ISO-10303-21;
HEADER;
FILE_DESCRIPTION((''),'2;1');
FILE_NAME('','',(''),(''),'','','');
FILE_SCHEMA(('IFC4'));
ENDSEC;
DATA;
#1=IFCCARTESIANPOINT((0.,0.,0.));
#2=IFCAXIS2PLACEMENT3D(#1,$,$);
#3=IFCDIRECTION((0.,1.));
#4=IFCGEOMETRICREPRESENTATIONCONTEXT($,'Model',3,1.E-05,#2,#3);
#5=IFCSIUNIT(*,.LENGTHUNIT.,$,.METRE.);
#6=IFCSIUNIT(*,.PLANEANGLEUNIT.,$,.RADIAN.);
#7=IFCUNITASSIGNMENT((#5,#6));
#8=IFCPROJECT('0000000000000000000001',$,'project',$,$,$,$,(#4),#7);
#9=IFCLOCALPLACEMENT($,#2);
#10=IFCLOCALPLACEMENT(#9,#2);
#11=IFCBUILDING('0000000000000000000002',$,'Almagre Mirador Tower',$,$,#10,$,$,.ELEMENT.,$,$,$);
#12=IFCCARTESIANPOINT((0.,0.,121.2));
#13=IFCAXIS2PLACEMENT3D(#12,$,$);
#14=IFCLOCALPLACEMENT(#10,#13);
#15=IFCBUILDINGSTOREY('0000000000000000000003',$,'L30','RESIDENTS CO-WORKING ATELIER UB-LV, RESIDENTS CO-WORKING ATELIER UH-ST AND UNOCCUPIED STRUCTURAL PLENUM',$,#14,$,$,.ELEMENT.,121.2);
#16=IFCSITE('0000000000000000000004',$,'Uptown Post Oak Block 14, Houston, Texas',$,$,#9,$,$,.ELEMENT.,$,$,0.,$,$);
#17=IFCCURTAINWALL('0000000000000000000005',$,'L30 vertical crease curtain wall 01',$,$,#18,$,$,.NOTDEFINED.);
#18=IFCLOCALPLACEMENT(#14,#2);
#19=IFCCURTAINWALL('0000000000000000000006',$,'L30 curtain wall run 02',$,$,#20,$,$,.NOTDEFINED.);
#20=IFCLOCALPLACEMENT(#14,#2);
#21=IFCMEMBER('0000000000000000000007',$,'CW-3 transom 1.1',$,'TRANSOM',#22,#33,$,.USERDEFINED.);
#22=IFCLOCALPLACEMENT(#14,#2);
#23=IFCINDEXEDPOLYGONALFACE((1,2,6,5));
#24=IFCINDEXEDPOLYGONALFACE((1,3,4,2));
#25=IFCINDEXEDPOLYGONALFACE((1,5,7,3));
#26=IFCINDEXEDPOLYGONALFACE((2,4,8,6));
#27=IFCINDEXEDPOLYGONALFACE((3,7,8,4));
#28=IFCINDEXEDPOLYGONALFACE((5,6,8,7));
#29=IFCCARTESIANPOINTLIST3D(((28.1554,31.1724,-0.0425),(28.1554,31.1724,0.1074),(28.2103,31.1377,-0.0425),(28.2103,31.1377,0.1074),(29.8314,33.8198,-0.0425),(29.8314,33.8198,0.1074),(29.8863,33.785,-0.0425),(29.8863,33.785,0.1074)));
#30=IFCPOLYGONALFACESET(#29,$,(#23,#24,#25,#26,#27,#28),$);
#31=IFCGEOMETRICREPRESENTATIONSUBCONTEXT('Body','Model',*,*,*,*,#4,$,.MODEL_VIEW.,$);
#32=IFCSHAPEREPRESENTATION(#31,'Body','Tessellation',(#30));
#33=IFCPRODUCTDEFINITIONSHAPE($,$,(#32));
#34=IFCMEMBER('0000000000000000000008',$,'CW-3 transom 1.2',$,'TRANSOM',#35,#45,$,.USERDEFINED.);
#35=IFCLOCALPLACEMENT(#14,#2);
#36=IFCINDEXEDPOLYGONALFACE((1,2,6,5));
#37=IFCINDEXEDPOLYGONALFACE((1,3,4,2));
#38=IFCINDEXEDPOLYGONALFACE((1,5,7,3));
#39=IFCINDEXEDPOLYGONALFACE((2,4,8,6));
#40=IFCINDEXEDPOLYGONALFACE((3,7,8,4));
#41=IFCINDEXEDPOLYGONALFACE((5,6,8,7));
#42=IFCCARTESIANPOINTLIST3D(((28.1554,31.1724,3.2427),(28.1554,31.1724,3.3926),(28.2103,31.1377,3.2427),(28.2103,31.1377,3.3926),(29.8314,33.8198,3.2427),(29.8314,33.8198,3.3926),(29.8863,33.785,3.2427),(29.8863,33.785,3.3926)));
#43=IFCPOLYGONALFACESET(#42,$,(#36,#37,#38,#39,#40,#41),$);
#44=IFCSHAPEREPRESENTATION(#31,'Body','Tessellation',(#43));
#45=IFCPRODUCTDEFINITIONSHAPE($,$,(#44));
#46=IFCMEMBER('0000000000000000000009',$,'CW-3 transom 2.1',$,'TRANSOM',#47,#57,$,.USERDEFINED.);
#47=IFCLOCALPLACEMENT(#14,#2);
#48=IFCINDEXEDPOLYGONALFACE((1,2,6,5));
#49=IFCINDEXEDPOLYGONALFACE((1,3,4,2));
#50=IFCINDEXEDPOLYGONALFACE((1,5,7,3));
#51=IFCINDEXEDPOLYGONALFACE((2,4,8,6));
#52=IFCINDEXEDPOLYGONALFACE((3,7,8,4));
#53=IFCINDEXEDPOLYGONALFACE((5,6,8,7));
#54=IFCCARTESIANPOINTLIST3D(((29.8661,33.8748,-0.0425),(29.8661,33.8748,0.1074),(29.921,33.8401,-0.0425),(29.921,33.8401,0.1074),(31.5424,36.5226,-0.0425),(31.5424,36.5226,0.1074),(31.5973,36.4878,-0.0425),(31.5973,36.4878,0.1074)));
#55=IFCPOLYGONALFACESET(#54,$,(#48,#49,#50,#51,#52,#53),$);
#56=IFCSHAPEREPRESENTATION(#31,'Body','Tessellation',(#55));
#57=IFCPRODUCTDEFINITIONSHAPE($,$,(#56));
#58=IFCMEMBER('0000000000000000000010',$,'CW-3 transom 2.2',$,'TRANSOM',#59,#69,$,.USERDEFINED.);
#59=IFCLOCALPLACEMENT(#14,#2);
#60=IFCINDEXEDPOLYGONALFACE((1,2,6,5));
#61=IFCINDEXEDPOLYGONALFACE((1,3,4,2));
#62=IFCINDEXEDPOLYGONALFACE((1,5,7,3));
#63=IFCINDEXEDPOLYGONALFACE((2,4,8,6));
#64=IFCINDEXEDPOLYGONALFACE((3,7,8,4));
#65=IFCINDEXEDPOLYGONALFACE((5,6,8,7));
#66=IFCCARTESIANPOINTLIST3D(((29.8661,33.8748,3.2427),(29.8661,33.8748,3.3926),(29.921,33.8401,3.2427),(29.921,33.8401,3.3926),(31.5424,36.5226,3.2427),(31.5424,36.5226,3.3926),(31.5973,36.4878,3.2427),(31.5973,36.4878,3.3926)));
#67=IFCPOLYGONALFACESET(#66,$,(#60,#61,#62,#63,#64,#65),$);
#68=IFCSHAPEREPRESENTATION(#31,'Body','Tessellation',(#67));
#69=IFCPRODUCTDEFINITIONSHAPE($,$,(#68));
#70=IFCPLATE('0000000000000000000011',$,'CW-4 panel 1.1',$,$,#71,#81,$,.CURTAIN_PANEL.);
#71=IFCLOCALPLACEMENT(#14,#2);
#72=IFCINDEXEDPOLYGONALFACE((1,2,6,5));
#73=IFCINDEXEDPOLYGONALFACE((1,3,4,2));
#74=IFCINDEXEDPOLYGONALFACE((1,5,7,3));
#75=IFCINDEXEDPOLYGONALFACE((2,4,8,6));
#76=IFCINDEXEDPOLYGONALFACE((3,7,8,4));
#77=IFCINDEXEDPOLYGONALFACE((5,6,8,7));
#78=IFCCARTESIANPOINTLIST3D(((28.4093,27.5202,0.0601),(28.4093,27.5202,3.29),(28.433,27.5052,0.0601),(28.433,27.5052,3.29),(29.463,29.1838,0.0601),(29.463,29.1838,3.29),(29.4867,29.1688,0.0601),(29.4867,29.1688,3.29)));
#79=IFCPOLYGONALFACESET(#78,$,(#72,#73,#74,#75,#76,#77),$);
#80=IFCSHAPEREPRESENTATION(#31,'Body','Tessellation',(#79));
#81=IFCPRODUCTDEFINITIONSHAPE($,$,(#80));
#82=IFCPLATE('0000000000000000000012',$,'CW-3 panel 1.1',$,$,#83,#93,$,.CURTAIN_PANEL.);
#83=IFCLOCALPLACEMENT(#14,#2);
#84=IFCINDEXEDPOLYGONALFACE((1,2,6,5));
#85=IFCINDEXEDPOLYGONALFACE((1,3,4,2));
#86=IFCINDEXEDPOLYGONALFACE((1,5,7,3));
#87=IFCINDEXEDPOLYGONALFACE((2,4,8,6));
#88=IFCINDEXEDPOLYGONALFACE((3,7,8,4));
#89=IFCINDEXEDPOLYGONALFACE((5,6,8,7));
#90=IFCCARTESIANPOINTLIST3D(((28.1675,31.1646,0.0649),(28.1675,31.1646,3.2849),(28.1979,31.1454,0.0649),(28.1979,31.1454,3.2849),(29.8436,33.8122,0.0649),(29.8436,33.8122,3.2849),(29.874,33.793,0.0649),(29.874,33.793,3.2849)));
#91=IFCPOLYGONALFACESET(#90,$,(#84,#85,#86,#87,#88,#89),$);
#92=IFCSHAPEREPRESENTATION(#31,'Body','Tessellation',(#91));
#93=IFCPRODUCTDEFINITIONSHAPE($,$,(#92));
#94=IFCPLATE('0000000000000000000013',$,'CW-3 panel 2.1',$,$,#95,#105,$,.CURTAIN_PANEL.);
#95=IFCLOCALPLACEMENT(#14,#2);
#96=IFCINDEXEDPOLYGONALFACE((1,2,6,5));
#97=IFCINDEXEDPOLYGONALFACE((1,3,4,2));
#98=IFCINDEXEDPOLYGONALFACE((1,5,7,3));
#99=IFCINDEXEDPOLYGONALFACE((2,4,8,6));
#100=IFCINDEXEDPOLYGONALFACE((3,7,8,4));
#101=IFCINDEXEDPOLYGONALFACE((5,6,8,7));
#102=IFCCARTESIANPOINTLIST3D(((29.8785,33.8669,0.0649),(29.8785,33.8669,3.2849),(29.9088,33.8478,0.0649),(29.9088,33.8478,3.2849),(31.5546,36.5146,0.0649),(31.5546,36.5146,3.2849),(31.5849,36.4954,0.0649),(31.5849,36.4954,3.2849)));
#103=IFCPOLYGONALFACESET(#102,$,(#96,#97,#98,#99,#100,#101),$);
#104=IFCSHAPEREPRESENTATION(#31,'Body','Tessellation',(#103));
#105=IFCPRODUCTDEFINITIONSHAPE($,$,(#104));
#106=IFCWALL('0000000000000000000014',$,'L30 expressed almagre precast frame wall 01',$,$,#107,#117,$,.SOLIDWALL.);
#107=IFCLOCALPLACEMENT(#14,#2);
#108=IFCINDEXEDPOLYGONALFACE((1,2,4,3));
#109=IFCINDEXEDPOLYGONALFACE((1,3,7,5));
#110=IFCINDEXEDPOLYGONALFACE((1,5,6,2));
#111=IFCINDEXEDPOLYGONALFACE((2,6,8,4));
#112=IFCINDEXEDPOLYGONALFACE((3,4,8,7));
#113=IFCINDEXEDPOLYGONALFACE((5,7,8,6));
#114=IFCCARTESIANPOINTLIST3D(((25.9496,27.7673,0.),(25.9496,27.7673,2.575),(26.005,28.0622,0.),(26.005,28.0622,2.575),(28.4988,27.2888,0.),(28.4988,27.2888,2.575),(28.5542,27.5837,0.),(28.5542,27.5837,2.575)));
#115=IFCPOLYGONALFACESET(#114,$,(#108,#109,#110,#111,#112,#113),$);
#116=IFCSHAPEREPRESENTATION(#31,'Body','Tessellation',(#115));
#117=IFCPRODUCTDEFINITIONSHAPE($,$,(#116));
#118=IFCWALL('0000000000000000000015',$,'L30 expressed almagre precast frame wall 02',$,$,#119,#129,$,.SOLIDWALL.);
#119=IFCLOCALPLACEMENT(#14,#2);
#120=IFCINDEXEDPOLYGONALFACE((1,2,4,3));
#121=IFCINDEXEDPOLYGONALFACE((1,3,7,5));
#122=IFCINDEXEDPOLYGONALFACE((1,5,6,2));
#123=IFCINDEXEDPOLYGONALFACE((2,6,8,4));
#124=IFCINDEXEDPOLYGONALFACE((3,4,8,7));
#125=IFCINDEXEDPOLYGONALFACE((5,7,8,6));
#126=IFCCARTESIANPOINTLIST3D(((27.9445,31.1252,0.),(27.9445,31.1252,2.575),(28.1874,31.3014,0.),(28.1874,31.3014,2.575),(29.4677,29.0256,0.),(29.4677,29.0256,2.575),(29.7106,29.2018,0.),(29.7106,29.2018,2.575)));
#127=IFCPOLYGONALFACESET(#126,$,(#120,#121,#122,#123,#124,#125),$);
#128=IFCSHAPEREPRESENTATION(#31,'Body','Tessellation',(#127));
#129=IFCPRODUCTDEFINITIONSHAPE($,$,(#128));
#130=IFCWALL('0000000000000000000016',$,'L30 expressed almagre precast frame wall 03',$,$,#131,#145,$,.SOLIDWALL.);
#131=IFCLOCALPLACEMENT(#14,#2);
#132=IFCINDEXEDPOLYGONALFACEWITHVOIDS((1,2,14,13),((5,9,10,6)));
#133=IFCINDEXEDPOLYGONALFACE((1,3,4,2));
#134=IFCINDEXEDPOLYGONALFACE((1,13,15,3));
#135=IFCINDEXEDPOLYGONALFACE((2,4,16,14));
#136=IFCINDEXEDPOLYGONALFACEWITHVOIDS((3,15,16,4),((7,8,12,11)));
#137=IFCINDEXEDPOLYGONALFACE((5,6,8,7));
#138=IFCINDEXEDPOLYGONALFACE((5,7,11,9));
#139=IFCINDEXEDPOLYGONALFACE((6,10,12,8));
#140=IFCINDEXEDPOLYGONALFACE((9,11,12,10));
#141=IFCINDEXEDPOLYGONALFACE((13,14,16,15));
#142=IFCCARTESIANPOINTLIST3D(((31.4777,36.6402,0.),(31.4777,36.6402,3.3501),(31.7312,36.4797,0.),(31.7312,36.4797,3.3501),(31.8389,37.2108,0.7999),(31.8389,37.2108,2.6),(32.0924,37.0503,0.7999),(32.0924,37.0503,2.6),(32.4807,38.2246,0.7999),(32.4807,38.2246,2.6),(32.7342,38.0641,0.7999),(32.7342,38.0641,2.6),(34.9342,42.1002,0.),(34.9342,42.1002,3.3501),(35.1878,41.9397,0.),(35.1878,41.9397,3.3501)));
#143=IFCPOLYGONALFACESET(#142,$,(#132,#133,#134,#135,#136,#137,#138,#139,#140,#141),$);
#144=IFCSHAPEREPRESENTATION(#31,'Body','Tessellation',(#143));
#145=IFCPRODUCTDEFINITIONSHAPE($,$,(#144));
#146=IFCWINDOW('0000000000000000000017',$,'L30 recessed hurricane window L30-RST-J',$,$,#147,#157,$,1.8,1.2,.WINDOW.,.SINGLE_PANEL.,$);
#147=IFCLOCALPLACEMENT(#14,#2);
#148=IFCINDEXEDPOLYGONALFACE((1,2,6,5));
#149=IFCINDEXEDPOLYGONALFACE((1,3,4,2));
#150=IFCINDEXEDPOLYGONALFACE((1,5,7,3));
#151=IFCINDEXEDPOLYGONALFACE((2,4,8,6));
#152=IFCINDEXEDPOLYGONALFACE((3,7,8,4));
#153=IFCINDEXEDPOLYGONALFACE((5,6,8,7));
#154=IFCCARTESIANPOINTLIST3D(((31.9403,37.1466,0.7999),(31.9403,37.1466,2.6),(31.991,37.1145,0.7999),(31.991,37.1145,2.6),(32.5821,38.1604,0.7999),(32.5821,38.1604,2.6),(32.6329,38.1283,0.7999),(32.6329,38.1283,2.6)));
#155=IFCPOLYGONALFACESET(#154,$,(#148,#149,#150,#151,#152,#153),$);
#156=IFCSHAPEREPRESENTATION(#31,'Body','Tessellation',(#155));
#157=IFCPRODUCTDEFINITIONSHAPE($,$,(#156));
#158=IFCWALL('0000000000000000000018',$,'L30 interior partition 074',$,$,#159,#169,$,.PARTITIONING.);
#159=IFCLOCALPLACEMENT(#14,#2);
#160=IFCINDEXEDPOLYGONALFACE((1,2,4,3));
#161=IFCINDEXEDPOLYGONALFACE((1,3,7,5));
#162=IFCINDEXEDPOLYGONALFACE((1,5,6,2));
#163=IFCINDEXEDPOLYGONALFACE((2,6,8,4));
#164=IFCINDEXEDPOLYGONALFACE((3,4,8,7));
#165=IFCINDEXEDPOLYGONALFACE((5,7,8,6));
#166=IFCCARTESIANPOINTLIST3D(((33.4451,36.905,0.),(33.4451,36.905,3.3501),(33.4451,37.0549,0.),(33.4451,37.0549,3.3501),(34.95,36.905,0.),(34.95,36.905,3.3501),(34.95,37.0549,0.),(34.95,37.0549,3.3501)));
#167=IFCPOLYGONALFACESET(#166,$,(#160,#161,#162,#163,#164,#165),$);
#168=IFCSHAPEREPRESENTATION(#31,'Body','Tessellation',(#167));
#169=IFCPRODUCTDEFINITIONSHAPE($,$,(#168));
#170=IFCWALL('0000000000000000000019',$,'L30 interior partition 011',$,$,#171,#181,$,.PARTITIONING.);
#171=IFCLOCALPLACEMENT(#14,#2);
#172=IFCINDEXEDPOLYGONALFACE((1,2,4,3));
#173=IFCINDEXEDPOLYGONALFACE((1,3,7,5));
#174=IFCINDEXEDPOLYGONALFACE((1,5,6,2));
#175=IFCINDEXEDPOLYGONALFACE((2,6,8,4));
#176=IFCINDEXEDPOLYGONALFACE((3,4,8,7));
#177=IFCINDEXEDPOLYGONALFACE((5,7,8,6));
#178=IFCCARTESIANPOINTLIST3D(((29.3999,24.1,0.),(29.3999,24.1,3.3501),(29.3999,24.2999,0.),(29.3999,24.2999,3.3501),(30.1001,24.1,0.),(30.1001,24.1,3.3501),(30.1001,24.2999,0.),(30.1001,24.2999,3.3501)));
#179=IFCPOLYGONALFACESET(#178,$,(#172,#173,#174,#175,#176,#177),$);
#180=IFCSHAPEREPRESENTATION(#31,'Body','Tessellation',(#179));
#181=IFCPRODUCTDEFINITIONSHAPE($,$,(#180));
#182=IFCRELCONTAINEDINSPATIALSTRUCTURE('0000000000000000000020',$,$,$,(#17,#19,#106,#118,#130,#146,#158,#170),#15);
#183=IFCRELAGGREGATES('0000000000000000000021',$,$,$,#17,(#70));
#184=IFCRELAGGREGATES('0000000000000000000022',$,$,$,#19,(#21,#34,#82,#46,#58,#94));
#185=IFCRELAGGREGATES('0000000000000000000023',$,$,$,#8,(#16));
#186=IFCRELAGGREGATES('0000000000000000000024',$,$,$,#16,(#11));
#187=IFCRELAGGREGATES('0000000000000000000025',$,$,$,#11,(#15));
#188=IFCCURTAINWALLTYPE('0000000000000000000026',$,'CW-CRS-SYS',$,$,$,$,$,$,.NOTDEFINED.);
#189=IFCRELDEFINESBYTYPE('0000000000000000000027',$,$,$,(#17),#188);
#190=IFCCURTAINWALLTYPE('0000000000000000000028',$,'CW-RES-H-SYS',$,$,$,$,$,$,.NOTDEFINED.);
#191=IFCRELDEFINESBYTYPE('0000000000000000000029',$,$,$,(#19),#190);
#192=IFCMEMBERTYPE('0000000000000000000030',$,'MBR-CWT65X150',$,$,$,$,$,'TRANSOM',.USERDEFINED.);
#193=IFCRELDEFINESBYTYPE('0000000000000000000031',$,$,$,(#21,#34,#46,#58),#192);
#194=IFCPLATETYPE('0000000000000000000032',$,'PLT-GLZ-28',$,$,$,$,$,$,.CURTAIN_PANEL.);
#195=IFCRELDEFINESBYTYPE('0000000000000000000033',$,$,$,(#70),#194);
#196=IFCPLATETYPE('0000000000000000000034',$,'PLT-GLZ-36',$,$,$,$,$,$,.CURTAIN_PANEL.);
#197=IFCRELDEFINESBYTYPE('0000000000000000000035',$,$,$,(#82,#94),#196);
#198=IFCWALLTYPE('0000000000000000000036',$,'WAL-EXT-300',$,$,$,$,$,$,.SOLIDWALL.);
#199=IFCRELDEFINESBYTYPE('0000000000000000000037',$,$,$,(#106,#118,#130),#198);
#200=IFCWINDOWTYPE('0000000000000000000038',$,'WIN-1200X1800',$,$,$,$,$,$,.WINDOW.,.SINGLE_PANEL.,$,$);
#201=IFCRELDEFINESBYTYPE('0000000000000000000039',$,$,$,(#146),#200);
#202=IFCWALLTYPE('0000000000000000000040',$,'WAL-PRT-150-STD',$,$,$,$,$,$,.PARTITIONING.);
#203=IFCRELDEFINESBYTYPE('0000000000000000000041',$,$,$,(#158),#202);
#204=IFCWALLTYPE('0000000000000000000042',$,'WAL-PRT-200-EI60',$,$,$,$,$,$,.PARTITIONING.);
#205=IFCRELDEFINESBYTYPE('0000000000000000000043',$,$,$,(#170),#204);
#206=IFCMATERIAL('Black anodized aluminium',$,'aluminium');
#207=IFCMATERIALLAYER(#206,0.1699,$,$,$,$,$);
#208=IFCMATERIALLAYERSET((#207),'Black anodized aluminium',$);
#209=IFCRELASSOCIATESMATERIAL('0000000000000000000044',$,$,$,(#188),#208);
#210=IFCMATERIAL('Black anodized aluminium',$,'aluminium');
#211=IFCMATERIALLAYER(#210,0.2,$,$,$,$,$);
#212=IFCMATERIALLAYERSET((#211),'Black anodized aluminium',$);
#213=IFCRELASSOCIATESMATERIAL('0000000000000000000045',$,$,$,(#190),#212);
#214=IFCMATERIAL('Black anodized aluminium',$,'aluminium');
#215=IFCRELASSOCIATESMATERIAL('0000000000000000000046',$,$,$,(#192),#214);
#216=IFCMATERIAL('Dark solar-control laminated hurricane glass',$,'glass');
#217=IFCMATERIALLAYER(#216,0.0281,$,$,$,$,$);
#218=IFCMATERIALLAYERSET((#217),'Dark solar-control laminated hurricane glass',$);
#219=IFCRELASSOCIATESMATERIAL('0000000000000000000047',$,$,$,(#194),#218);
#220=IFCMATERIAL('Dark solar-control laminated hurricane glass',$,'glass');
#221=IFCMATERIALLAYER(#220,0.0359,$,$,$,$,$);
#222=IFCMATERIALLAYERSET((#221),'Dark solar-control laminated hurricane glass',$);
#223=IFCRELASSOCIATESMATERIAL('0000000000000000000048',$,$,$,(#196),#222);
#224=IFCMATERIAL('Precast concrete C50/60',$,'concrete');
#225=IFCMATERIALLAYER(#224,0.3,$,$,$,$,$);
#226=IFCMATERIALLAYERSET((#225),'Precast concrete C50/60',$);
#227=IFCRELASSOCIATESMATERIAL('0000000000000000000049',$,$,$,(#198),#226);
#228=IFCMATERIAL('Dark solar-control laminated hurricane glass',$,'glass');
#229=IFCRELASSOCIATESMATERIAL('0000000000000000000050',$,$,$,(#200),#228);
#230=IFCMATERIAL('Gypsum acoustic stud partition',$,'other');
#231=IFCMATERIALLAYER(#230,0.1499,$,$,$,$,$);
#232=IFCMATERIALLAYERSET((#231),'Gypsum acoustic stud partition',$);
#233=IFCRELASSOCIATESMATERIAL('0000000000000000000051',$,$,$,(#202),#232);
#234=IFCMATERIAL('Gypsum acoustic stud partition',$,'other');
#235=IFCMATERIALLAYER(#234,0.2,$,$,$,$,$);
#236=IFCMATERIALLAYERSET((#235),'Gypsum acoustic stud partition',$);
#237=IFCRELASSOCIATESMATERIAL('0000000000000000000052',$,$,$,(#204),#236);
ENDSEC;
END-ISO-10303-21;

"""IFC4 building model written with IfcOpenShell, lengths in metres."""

from ifc_helpers import new_model, si_unit, direction, frame, frame_2d, origin, origin_2d, place, context, subcontext, project, spatial, rectangle, extrude, material, layer, layer_set, material_profile, profile_set, type_object, element, fill, aggregate, save


model = new_model("IFC4")

# Units and contexts
model_context = context("Model", 3, precision=1e-05, world=origin(), true_north=direction((0.0, 1.0)))
body_context = subcontext(model_context, "Body", "Model", "MODEL_VIEW")
ifc_project = project(units=[si_unit("LENGTHUNIT", "METRE"), si_unit("PLANEANGLEUNIT", "RADIAN")], contexts=[model_context])

# Site, building, storey
site_placement = place(None, origin())
site = spatial("IfcSite", under=ifc_project, at=site_placement, Name="Uptown Post Oak Block 14, Houston, Texas", CompositionType="ELEMENT", RefElevation=0.0)
building_placement = place(site_placement, origin())
building = spatial("IfcBuilding", under=site, at=building_placement, Name="Almagre Mirador Tower", CompositionType="ELEMENT")
storey_placement = place(building_placement, frame((0.0, 0.0, 121.2)))
storey = spatial("IfcBuildingStorey", under=building, at=storey_placement, Name="L30", Description="RESIDENTS CO-WORKING ATELIER UB-LV, RESIDENTS CO-WORKING ATELIER UH-ST AND UNOCCUPIED STRUCTURAL PLENUM", CompositionType="ELEMENT", Elevation=121.2)

# Curtain walls
ifc_material_1 = material(Name="Black anodized aluminium", Category="aluminium")
ifc_layer_1 = layer(ifc_material_1, 0.1699)
ifc_layer_set_1 = layer_set([ifc_layer_1], Name="Black anodized aluminium")
curtain_wall_type_1 = type_object("IfcCurtainWallType", Name="CW-CRS-SYS", PredefinedType="NOTDEFINED", material=ifc_layer_set_1)
curtain_wall_1_placement = place(storey_placement, origin())
curtain_wall_1 = element("IfcCurtainWall", 1, at=curtain_wall_1_placement, inside=storey, type_object=curtain_wall_type_1, Name="L30 vertical crease curtain wall 01", PredefinedType="NOTDEFINED")
ifc_material_2 = material(Name="Black anodized aluminium", Category="aluminium")
ifc_layer_2 = layer(ifc_material_2, 0.2)
ifc_layer_set_2 = layer_set([ifc_layer_2], Name="Black anodized aluminium")
curtain_wall_type_2 = type_object("IfcCurtainWallType", Name="CW-RES-H-SYS", PredefinedType="NOTDEFINED", material=ifc_layer_set_2)
curtain_wall_2_placement = place(storey_placement, origin())
curtain_wall_2 = element("IfcCurtainWall", 2, at=curtain_wall_2_placement, inside=storey, type_object=curtain_wall_type_2, Name="L30 curtain wall run 02", PredefinedType="NOTDEFINED")

# Members
ifc_material_3 = material(Name="Black anodized aluminium", Category="aluminium")
ifc_material_profile_1 = material_profile(ifc_material_3, rectangle(XDim=0.0649, YDim=0.1499, at=origin_2d()), Name="CWT65X150")
ifc_profile_set_1 = profile_set([ifc_material_profile_1], Name="Black anodized aluminium")
member_type_1 = type_object("IfcMemberType", Name="MBR-CWT65X150", ElementType="TRANSOM", PredefinedType="USERDEFINED", material=ifc_profile_set_1)
member_1_placement = place(storey_placement, frame((28.1829, 31.155, 0.0325), z_axis=(0.534893, 0.84492, 0.0), x_axis=(-0.84492, 0.534893, 0.0)))
member_1 = element("IfcMember", 3, at=member_1_placement, type_object=member_type_1, Name="CW-3 transom 1.1", ObjectType="TRANSOM", PredefinedType="USERDEFINED", context=body_context, shape_type="SweptSolid", body=[
    extrude(rectangle(XDim=0.0649, YDim=0.1499, at=origin_2d()), origin(), (0.0, 0.0, 1.0), 3.1333),
])
member_2_placement = place(storey_placement, frame((28.1829, 31.155, 3.3176), z_axis=(0.534893, 0.84492, 0.0), x_axis=(-0.84492, 0.534893, 0.0)))
member_2 = element("IfcMember", 4, at=member_2_placement, type_object=member_type_1, Name="CW-3 transom 1.2", ObjectType="TRANSOM", PredefinedType="USERDEFINED", context=body_context, shape_type="SweptSolid", body=[
    extrude(rectangle(XDim=0.0649, YDim=0.1499, at=origin_2d()), origin(), (0.0, 0.0, 1.0), 3.1333),
])
member_3_placement = place(storey_placement, frame((29.8936, 33.8574, 0.0325), z_axis=(0.534913, 0.844907, 0.0), x_axis=(-0.844907, 0.534913, 0.0)))
member_3 = element("IfcMember", 5, at=member_3_placement, type_object=member_type_1, Name="CW-3 transom 2.1", ObjectType="TRANSOM", PredefinedType="USERDEFINED", context=body_context, shape_type="SweptSolid", body=[
    extrude(rectangle(XDim=0.0649, YDim=0.1499, at=origin_2d()), origin(), (0.0, 0.0, 1.0), 3.1338),
])
member_4_placement = place(storey_placement, frame((29.8936, 33.8574, 3.3176), z_axis=(0.534913, 0.844907, 0.0), x_axis=(-0.844907, 0.534913, 0.0)))
member_4 = element("IfcMember", 6, at=member_4_placement, type_object=member_type_1, Name="CW-3 transom 2.2", ObjectType="TRANSOM", PredefinedType="USERDEFINED", context=body_context, shape_type="SweptSolid", body=[
    extrude(rectangle(XDim=0.0649, YDim=0.1499, at=origin_2d()), origin(), (0.0, 0.0, 1.0), 3.1338),
])

# Plates
ifc_material_4 = material(Name="Dark solar-control laminated hurricane glass", Category="glass")
ifc_layer_3 = layer(ifc_material_4, 0.0281)
ifc_layer_set_3 = layer_set([ifc_layer_3], Name="Dark solar-control laminated hurricane glass")
plate_type_1 = type_object("IfcPlateType", Name="PLT-GLZ-28", PredefinedType="CURTAIN_PANEL", material=ifc_layer_set_3)
plate_1_placement = place(storey_placement, frame((28.948, 28.3445, 0.0601), z_axis=(0.0, 0.0, 1.0), x_axis=(0.535109, 0.844783, 0.0)))
plate_1 = element("IfcPlate", 7, at=plate_1_placement, type_object=plate_type_1, Name="CW-4 panel 1.1", PredefinedType="CURTAIN_PANEL", context=body_context, shape_type="SweptSolid", body=[
    extrude(rectangle(XDim=1.9692, YDim=0.0281, at=origin_2d()), origin(), (0.0, 0.0, 1.0), 3.23),
])
aggregate(curtain_wall_1, [plate_1])
ifc_material_5 = material(Name="Dark solar-control laminated hurricane glass", Category="glass")
ifc_layer_4 = layer(ifc_material_5, 0.0359)
ifc_layer_set_4 = layer_set([ifc_layer_4], Name="Dark solar-control laminated hurricane glass")
plate_type_2 = type_object("IfcPlateType", Name="PLT-GLZ-36", PredefinedType="CURTAIN_PANEL", material=ifc_layer_set_4)
plate_2_placement = place(storey_placement, frame((29.0208, 32.4788, 0.0649), z_axis=(0.0, 0.0, 1.0), x_axis=(0.534886, 0.844924, 0.0)))
plate_2 = element("IfcPlate", 8, at=plate_2_placement, type_object=plate_type_2, Name="CW-3 panel 1.1", PredefinedType="CURTAIN_PANEL", context=body_context, shape_type="SweptSolid", body=[
    extrude(rectangle(XDim=3.1335, YDim=0.0359, at=origin_2d()), origin(), (0.0, 0.0, 1.0), 3.22),
])
plate_3_placement = place(storey_placement, frame((30.7317, 35.1812, 0.0649), z_axis=(0.0, 0.0, 1.0), x_axis=(0.534886, 0.844924, 0.0)))
plate_3 = element("IfcPlate", 9, at=plate_3_placement, type_object=plate_type_2, Name="CW-3 panel 2.1", PredefinedType="CURTAIN_PANEL", context=body_context, shape_type="SweptSolid", body=[
    extrude(rectangle(XDim=3.1335, YDim=0.0359, at=origin_2d()), origin(), (0.0, 0.0, 1.0), 3.22),
])
aggregate(curtain_wall_2, [member_1, member_2, plate_2, member_3, member_4, plate_3])

# Walls
ifc_material_6 = material(Name="Precast concrete C50/60", Category="concrete")
ifc_layer_5 = layer(ifc_material_6, 0.3)
ifc_layer_set_5 = layer_set([ifc_layer_5], Name="Precast concrete C50/60")
wall_type_1 = type_object("IfcWallType", Name="WAL-EXT-300", PredefinedType="SOLIDWALL", material=ifc_layer_set_5)
wall_1_placement = place(storey_placement, frame((25.9773, 27.9148, 0.0), z_axis=(0.0, 0.0, 1.0), x_axis=(0.982836, -0.184482, 0.0)))
element("IfcWall", 10, at=wall_1_placement, inside=storey, type_object=wall_type_1, Name="L30 expressed almagre precast frame wall 01", PredefinedType="SOLIDWALL", context=body_context, shape_type="SweptSolid", body=[
    extrude(rectangle(XDim=2.5938, YDim=0.3, at=frame_2d((1.2969, 0.0))), origin(), (0.0, 0.0, 1.0), 2.575),
])
wall_2_placement = place(storey_placement, frame((29.5891, 29.1138, 0.0), z_axis=(0.0, 0.0, 1.0), x_axis=(-0.587214, 0.809431, 0.0)))
element("IfcWall", 11, at=wall_2_placement, inside=storey, type_object=wall_type_1, Name="L30 expressed almagre precast frame wall 02", PredefinedType="SOLIDWALL", context=body_context, shape_type="SweptSolid", body=[
    extrude(rectangle(XDim=2.594, YDim=0.3, at=frame_2d((1.2969, 0.0))), origin(), (0.0, 0.0, 1.0), 2.575),
])

# Wall, opening, window
wall_3_placement = place(storey_placement, frame((31.6045, 36.5601, 0.0), z_axis=(0.0, 0.0, 1.0), x_axis=(0.534894, 0.844919, 0.0)))
wall_3 = element("IfcWall", 12, at=wall_3_placement, inside=storey, type_object=wall_type_1, Name="L30 expressed almagre precast frame wall 03", PredefinedType="SOLIDWALL", context=body_context, shape_type="SweptSolid", body=[
    extrude(rectangle(XDim=6.4622, YDim=0.3, at=frame_2d((3.231, 0.0))), origin(), (0.0, 0.0, 1.0), 3.3501),
])
opening_placement = place(wall_3_placement, frame((0.675, 0.0, 0.8)))
opening = element("IfcOpeningElement", 13, at=opening_placement, cuts=wall_3, PredefinedType="OPENING", context=body_context, shape_type="SweptSolid", body=[
    extrude(rectangle(XDim=1.2, YDim=1.8, at=frame_2d((0.6001, 0.8999))), frame((0.0, 0.1599, 0.0), z_axis=(0.0, -1.0, 0.0), x_axis=(1.0, 0.0, 0.0)), (0.0, 0.0, 1.0), 0.32),
])
ifc_material_7 = material(Name="Dark solar-control laminated hurricane glass", Category="glass")
window_type = type_object("IfcWindowType", Name="WIN-1200X1800", PartitioningType="SINGLE_PANEL", PredefinedType="WINDOW", material=ifc_material_7)
window_placement = place(opening_placement, origin())
window = element("IfcWindow", 14, at=window_placement, inside=storey, type_object=window_type, Name="L30 recessed hurricane window L30-RST-J", OverallHeight=1.8, OverallWidth=1.2, PartitioningType="SINGLE_PANEL", PredefinedType="WINDOW", context=body_context, shape_type="SweptSolid", body=[
    extrude(rectangle(XDim=1.2, YDim=1.8, at=frame_2d((0.6001, 0.8999))), frame((0.0, 0.03, 0.0), z_axis=(0.0, -1.0, 0.0), x_axis=(1.0, 0.0, 0.0)), (0.0, 0.0, 1.0), 0.0601),
])
fill(opening, window)

# Walls
ifc_material_8 = material(Name="Gypsum acoustic stud partition", Category="other")
ifc_layer_6 = layer(ifc_material_8, 0.1499)
ifc_layer_set_6 = layer_set([ifc_layer_6], Name="Gypsum acoustic stud partition")
wall_type_2 = type_object("IfcWallType", Name="WAL-PRT-150-STD", PredefinedType="PARTITIONING", material=ifc_layer_set_6)
wall_4_placement = place(storey_placement, frame((33.4451, 36.98, 0.0), z_axis=(0.0, 0.0, 1.0), x_axis=(1.0, 0.0, 0.0)))
element("IfcWall", 15, at=wall_4_placement, inside=storey, type_object=wall_type_2, Name="L30 interior partition 074", PredefinedType="PARTITIONING", context=body_context, shape_type="SweptSolid", body=[
    extrude(rectangle(XDim=1.5049, YDim=0.1499, at=frame_2d((0.7524, 0.0))), origin(), (0.0, 0.0, 1.0), 3.3501),
])
ifc_material_9 = material(Name="Gypsum acoustic stud partition", Category="other")
ifc_layer_7 = layer(ifc_material_9, 0.2)
ifc_layer_set_7 = layer_set([ifc_layer_7], Name="Gypsum acoustic stud partition")
wall_type_3 = type_object("IfcWallType", Name="WAL-PRT-200-EI60", PredefinedType="PARTITIONING", material=ifc_layer_set_7)
wall_5_placement = place(storey_placement, frame((30.1001, 24.2, 0.0), z_axis=(0.0, 0.0, 1.0), x_axis=(-1.0, 0.0, 0.0)))
element("IfcWall", 16, at=wall_5_placement, inside=storey, type_object=wall_type_3, Name="L30 interior partition 011", PredefinedType="PARTITIONING", context=body_context, shape_type="SweptSolid", body=[
    extrude(rectangle(XDim=0.7002, YDim=0.2, at=frame_2d((0.3501, 0.0))), origin(), (0.0, 0.0, 1.0), 3.3501),
])

save(model, "model.ifc")
